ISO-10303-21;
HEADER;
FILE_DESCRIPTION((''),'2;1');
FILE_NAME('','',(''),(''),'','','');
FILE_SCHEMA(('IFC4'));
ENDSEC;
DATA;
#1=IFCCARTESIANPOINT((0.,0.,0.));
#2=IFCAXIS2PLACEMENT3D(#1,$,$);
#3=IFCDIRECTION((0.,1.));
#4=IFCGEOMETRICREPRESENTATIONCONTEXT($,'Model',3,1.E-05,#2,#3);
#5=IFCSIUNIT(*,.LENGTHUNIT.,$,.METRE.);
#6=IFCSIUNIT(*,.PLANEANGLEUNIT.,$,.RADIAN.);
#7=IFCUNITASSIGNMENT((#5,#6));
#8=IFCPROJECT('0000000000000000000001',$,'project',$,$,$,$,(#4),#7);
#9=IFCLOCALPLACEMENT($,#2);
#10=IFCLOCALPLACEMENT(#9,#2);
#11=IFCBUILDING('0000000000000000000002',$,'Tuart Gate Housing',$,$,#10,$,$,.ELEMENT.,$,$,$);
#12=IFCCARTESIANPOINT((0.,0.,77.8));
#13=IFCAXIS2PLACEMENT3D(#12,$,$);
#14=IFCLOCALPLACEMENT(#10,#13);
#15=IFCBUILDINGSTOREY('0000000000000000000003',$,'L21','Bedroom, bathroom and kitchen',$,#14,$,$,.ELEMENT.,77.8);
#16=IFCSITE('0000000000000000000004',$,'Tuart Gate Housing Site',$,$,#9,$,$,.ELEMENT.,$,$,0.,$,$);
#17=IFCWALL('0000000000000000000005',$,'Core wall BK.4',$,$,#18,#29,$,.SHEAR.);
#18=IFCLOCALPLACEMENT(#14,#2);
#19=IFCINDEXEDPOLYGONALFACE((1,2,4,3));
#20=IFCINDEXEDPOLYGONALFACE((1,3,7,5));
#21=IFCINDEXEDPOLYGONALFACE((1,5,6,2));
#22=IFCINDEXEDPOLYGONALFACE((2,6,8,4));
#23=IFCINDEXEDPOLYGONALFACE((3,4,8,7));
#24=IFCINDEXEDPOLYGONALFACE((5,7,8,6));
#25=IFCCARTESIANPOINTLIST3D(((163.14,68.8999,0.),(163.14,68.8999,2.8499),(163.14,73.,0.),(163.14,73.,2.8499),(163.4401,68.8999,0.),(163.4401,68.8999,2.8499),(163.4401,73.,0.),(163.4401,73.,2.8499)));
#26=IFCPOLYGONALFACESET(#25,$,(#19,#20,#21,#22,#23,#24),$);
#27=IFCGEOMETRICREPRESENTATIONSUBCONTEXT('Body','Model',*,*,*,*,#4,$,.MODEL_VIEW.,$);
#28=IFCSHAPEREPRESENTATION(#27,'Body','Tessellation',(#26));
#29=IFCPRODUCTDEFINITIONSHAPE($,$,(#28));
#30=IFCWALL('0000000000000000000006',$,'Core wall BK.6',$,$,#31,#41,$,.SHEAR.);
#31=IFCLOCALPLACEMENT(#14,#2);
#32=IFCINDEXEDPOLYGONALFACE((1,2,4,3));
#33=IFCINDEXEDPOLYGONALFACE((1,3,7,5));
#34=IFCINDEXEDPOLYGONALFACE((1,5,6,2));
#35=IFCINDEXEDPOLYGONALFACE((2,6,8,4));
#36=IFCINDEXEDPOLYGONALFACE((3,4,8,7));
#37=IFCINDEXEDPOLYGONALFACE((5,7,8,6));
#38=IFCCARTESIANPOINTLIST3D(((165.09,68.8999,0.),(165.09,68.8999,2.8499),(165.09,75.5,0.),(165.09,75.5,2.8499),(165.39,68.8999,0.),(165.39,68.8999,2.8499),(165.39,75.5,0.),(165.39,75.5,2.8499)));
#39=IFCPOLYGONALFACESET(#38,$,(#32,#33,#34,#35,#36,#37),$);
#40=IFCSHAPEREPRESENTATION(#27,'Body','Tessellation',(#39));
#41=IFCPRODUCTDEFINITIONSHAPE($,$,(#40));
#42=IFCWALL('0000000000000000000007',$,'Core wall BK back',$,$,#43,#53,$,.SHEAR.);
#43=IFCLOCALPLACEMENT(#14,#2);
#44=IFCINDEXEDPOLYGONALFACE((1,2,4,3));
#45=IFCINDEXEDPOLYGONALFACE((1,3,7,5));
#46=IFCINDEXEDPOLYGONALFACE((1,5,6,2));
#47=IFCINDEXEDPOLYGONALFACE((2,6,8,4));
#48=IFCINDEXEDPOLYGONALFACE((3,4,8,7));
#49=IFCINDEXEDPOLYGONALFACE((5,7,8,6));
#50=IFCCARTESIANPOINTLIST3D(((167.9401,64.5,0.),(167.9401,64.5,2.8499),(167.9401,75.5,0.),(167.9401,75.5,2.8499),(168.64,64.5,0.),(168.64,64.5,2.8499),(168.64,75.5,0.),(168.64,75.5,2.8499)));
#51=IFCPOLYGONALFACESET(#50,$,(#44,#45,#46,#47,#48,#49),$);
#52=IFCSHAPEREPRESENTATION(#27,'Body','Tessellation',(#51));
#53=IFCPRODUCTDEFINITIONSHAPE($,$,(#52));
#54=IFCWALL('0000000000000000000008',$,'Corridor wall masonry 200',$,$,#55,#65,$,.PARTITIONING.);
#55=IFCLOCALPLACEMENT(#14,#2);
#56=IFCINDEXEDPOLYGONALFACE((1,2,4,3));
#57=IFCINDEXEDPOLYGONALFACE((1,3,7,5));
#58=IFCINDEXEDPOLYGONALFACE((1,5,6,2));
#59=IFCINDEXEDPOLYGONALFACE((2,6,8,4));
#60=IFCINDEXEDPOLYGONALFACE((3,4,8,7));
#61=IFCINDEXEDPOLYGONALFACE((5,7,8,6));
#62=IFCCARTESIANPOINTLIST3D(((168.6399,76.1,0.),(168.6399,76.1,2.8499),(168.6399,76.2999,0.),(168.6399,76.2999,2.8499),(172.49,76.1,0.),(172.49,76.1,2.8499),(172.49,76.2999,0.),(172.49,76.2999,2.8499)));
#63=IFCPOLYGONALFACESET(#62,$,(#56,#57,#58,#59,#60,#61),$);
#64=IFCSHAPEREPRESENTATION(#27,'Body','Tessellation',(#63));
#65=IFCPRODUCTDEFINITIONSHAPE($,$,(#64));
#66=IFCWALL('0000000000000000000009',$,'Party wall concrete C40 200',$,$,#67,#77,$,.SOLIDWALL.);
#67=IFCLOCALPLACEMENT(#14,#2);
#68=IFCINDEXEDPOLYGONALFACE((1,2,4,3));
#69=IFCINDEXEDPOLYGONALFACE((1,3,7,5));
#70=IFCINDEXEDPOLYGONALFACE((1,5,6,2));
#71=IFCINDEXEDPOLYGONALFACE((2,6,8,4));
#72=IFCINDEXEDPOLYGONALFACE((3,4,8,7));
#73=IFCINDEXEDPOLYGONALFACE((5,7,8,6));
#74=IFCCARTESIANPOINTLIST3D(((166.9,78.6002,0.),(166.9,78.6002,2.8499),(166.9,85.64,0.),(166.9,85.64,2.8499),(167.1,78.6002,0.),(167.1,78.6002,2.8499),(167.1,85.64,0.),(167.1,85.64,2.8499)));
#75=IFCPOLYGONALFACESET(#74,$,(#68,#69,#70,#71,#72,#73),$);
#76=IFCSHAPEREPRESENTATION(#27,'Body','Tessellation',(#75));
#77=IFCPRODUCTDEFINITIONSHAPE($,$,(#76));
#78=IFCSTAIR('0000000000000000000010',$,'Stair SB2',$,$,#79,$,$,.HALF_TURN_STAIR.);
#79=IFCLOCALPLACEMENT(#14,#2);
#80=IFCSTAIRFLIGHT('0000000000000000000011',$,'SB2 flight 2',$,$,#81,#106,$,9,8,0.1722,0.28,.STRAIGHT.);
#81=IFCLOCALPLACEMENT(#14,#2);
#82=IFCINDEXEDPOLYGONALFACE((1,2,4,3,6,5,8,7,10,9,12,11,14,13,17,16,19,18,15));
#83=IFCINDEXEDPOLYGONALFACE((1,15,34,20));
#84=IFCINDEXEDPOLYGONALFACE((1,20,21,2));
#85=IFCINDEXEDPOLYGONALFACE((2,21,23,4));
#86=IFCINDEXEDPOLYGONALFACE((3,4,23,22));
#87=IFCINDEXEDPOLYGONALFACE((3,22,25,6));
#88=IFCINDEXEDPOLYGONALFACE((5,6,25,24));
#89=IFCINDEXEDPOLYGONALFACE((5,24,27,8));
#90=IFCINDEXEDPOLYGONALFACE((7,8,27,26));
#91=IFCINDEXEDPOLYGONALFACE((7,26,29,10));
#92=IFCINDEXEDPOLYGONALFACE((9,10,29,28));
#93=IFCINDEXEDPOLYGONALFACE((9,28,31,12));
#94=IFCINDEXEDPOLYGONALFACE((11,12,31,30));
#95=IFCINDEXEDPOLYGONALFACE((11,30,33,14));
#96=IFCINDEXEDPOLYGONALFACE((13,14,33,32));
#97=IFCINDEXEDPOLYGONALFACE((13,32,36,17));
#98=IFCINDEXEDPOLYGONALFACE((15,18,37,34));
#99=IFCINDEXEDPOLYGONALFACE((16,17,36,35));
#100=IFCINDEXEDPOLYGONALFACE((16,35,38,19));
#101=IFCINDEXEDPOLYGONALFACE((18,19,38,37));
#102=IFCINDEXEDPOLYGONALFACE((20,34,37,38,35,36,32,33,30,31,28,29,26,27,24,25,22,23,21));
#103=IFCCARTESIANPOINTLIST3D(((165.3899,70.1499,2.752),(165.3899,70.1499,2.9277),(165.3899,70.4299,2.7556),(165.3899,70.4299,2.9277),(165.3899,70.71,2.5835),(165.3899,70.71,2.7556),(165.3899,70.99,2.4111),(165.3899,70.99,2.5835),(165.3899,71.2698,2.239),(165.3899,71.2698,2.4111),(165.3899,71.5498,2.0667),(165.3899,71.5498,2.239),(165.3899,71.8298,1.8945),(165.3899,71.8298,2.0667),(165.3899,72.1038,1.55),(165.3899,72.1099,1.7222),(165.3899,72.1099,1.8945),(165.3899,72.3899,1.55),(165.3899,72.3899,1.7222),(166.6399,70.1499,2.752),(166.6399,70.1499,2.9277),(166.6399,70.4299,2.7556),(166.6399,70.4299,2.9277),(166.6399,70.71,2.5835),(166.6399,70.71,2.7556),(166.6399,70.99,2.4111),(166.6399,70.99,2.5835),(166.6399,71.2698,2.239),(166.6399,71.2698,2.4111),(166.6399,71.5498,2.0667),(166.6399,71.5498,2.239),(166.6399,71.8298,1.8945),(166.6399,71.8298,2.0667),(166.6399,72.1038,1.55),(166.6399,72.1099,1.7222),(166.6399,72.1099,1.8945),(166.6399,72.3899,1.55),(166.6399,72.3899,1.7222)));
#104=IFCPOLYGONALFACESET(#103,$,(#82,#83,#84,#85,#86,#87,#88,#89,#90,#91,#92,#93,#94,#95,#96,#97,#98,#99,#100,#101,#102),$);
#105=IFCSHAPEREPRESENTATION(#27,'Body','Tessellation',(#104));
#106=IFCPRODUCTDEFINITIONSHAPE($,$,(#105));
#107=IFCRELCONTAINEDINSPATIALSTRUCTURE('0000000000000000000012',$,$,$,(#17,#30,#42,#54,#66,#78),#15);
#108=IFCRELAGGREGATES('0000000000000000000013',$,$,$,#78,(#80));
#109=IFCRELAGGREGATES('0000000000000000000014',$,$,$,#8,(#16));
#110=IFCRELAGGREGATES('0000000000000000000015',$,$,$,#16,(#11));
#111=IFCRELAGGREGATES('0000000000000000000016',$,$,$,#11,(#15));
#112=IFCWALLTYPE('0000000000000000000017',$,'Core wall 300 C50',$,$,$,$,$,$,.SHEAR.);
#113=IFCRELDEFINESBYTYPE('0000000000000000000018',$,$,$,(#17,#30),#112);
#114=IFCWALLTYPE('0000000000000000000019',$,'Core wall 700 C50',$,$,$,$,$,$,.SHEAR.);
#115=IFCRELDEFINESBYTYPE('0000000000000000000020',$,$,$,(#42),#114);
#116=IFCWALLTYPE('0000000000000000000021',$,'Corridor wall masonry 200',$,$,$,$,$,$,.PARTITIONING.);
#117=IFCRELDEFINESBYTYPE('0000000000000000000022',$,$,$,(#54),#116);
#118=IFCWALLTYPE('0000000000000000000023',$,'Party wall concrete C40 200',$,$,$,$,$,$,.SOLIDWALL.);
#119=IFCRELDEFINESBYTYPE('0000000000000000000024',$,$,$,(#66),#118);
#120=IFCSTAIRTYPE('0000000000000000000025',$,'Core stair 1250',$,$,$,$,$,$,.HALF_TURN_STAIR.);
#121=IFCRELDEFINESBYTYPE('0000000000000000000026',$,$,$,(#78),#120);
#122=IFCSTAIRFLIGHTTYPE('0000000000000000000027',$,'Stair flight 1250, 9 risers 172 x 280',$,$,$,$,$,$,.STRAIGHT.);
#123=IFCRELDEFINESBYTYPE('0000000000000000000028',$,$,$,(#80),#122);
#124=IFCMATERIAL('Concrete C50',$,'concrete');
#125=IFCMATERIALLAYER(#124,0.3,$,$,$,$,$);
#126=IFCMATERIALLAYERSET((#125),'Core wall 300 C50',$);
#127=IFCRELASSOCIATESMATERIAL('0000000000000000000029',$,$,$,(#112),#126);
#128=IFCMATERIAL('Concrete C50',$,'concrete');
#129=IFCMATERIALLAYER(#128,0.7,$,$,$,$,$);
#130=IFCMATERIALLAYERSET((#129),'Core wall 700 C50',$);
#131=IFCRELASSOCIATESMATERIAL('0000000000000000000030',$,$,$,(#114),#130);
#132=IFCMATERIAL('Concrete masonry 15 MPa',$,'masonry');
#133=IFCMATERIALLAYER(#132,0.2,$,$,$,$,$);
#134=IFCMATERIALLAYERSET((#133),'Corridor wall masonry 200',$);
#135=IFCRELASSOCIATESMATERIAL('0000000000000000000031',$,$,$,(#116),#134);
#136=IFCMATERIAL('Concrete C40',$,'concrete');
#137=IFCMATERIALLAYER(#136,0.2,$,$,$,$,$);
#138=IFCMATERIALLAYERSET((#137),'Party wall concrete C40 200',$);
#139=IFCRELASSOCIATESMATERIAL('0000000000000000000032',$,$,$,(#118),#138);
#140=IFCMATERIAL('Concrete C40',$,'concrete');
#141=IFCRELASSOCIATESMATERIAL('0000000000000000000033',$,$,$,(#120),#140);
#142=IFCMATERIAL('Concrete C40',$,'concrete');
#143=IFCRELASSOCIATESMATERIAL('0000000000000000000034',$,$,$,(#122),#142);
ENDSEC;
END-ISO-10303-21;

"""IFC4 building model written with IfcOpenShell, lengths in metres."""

from ifc_helpers import new_model, si_unit, direction, frame, frame_2d, origin, place, context, subcontext, project, spatial, polyline, rectangle, outline, extrude, material, layer, layer_set, type_object, element, aggregate, save


model = new_model("IFC4")

# Units and contexts
model_context = context("Model", 3, precision=1e-05, world=origin(), true_north=direction((0.0, 1.0)))
body_context = subcontext(model_context, "Body", "Model", "MODEL_VIEW")
ifc_project = project(units=[si_unit("LENGTHUNIT", "METRE"), si_unit("PLANEANGLEUNIT", "RADIAN")], contexts=[model_context])

# Site, building, storey
site_placement = place(None, origin())
site = spatial("IfcSite", under=ifc_project, at=site_placement, Name="Tuart Gate Housing Site", CompositionType="ELEMENT", RefElevation=0.0)
building_placement = place(site_placement, origin())
building = spatial("IfcBuilding", under=site, at=building_placement, Name="Tuart Gate Housing", CompositionType="ELEMENT")
storey_placement = place(building_placement, frame((0.0, 0.0, 77.8)))
storey = spatial("IfcBuildingStorey", under=building, at=storey_placement, Name="L21", Description="Bedroom, bathroom and kitchen", CompositionType="ELEMENT", Elevation=77.8)

# Walls
ifc_material_1 = material(Name="Concrete C50", Category="concrete")
ifc_layer_1 = layer(ifc_material_1, 0.3)
ifc_layer_set_1 = layer_set([ifc_layer_1], Name="Core wall 300 C50")
wall_type_1 = type_object("IfcWallType", Name="Core wall 300 C50", PredefinedType="SHEAR", material=ifc_layer_set_1)
wall_1_placement = place(storey_placement, frame((163.29, 73.0, 0.0), z_axis=(0.0, 0.0, 1.0), x_axis=(0.0, -1.0, 0.0)))
element("IfcWall", 1, at=wall_1_placement, inside=storey, type_object=wall_type_1, Name="Core wall BK.4", PredefinedType="SHEAR", context=body_context, shape_type="SweptSolid", body=[
    extrude(rectangle(XDim=4.1001, YDim=0.3, at=frame_2d((2.05, 0.0))), origin(), (0.0, 0.0, 1.0), 2.8499),
])
wall_2_placement = place(storey_placement, frame((165.24, 75.5, 0.0), z_axis=(0.0, 0.0, 1.0), x_axis=(0.0, -1.0, 0.0)))
element("IfcWall", 2, at=wall_2_placement, inside=storey, type_object=wall_type_1, Name="Core wall BK.6", PredefinedType="SHEAR", context=body_context, shape_type="SweptSolid", body=[
    extrude(rectangle(XDim=6.6001, YDim=0.3, at=frame_2d((3.3, 0.0))), origin(), (0.0, 0.0, 1.0), 2.8499),
])
ifc_material_2 = material(Name="Concrete C50", Category="concrete")
ifc_layer_2 = layer(ifc_material_2, 0.7)
ifc_layer_set_2 = layer_set([ifc_layer_2], Name="Core wall 700 C50")
wall_type_2 = type_object("IfcWallType", Name="Core wall 700 C50", PredefinedType="SHEAR", material=ifc_layer_set_2)
wall_3_placement = place(storey_placement, frame((168.29, 75.5, 0.0), z_axis=(0.0, 0.0, 1.0), x_axis=(0.0, -1.0, 0.0)))
element("IfcWall", 3, at=wall_3_placement, inside=storey, type_object=wall_type_2, Name="Core wall BK back", PredefinedType="SHEAR", context=body_context, shape_type="SweptSolid", body=[
    extrude(rectangle(XDim=11.0, YDim=0.7, at=frame_2d((5.5, 0.0))), origin(), (0.0, 0.0, 1.0), 2.8499),
])
ifc_material_3 = material(Name="Concrete masonry 15 MPa", Category="masonry")
ifc_layer_3 = layer(ifc_material_3, 0.2)
ifc_layer_set_3 = layer_set([ifc_layer_3], Name="Corridor wall masonry 200")
wall_type_3 = type_object("IfcWallType", Name="Corridor wall masonry 200", PredefinedType="PARTITIONING", material=ifc_layer_set_3)
wall_4_placement = place(storey_placement, frame((168.6399, 76.2, 0.0), z_axis=(0.0, 0.0, 1.0), x_axis=(1.0, 0.0, 0.0)))
element("IfcWall", 4, at=wall_4_placement, inside=storey, type_object=wall_type_3, Name="Corridor wall masonry 200", PredefinedType="PARTITIONING", context=body_context, shape_type="SweptSolid", body=[
    extrude(rectangle(XDim=3.8501, YDim=0.2, at=frame_2d((1.925, 0.0))), origin(), (0.0, 0.0, 1.0), 2.8499),
])
ifc_material_4 = material(Name="Concrete C40", Category="concrete")
ifc_layer_4 = layer(ifc_material_4, 0.2)
ifc_layer_set_4 = layer_set([ifc_layer_4], Name="Party wall concrete C40 200")
wall_type_4 = type_object("IfcWallType", Name="Party wall concrete C40 200", PredefinedType="SOLIDWALL", material=ifc_layer_set_4)
wall_5_placement = place(storey_placement, frame((167.0, 78.6001, 0.0), z_axis=(0.0, 0.0, 1.0), x_axis=(0.0, 1.0, 0.0)))
element("IfcWall", 5, at=wall_5_placement, inside=storey, type_object=wall_type_4, Name="Party wall concrete C40 200", PredefinedType="SOLIDWALL", context=body_context, shape_type="SweptSolid", body=[
    extrude(rectangle(XDim=7.0398, YDim=0.2, at=frame_2d((3.52, 0.0))), origin(), (0.0, 0.0, 1.0), 2.8499),
])

# Stair, stair flight
ifc_material_5 = material(Name="Concrete C40", Category="concrete")
stair_type = type_object("IfcStairType", Name="Core stair 1250", PredefinedType="HALF_TURN_STAIR", material=ifc_material_5)
stair_placement = place(storey_placement, origin())
stair = element("IfcStair", 6, at=stair_placement, inside=storey, type_object=stair_type, Name="Stair SB2", PredefinedType="HALF_TURN_STAIR")
ifc_material_6 = material(Name="Concrete C40", Category="concrete")
stair_flight_type = type_object("IfcStairFlightType", Name="Stair flight 1250, 9 risers 172 x 280", PredefinedType="STRAIGHT", material=ifc_material_6)
stair_flight_placement = place(storey_placement, frame((166.0149, 72.3899, 1.55), z_axis=(0.0, 0.0, 1.0), x_axis=(0.0, -1.0, 0.0)))
stair_flight = element("IfcStairFlight", 7, at=stair_flight_placement, type_object=stair_flight_type, Name="SB2 flight 2", NumberOfRisers=9, NumberOfTreads=8, PredefinedType="STRAIGHT", RiserHeight=0.1722, TreadLength=0.28, context=body_context, shape_type="SweptSolid", body=[
    extrude(outline(polyline([(0.0, 0.0), (0.0, 0.1721), (0.28, 0.1721), (0.28, 0.3445), (0.5601, 0.3445), (0.5601, 0.5166), (0.8401, 0.5166), (0.8401, 0.689), (1.1201, 0.689), (1.1201, 0.8611), (1.3999, 0.8611), (1.3999, 1.0334), (1.6799, 1.0334), (1.6799, 1.2056), (1.96, 1.2056), (1.96, 1.3777), (2.24, 1.3777), (2.24, 1.55), (2.24, 1.2019), (0.2861, 0.0), (0.0, 0.0)])), frame((0.0, 0.625, 0.0), z_axis=(0.0, -1.0, 0.0), x_axis=(1.0, 0.0, 0.0)), (0.0, 0.0, 1.0), 1.25),
])
aggregate(stair, [stair_flight])

save(model, "model.ifc")
